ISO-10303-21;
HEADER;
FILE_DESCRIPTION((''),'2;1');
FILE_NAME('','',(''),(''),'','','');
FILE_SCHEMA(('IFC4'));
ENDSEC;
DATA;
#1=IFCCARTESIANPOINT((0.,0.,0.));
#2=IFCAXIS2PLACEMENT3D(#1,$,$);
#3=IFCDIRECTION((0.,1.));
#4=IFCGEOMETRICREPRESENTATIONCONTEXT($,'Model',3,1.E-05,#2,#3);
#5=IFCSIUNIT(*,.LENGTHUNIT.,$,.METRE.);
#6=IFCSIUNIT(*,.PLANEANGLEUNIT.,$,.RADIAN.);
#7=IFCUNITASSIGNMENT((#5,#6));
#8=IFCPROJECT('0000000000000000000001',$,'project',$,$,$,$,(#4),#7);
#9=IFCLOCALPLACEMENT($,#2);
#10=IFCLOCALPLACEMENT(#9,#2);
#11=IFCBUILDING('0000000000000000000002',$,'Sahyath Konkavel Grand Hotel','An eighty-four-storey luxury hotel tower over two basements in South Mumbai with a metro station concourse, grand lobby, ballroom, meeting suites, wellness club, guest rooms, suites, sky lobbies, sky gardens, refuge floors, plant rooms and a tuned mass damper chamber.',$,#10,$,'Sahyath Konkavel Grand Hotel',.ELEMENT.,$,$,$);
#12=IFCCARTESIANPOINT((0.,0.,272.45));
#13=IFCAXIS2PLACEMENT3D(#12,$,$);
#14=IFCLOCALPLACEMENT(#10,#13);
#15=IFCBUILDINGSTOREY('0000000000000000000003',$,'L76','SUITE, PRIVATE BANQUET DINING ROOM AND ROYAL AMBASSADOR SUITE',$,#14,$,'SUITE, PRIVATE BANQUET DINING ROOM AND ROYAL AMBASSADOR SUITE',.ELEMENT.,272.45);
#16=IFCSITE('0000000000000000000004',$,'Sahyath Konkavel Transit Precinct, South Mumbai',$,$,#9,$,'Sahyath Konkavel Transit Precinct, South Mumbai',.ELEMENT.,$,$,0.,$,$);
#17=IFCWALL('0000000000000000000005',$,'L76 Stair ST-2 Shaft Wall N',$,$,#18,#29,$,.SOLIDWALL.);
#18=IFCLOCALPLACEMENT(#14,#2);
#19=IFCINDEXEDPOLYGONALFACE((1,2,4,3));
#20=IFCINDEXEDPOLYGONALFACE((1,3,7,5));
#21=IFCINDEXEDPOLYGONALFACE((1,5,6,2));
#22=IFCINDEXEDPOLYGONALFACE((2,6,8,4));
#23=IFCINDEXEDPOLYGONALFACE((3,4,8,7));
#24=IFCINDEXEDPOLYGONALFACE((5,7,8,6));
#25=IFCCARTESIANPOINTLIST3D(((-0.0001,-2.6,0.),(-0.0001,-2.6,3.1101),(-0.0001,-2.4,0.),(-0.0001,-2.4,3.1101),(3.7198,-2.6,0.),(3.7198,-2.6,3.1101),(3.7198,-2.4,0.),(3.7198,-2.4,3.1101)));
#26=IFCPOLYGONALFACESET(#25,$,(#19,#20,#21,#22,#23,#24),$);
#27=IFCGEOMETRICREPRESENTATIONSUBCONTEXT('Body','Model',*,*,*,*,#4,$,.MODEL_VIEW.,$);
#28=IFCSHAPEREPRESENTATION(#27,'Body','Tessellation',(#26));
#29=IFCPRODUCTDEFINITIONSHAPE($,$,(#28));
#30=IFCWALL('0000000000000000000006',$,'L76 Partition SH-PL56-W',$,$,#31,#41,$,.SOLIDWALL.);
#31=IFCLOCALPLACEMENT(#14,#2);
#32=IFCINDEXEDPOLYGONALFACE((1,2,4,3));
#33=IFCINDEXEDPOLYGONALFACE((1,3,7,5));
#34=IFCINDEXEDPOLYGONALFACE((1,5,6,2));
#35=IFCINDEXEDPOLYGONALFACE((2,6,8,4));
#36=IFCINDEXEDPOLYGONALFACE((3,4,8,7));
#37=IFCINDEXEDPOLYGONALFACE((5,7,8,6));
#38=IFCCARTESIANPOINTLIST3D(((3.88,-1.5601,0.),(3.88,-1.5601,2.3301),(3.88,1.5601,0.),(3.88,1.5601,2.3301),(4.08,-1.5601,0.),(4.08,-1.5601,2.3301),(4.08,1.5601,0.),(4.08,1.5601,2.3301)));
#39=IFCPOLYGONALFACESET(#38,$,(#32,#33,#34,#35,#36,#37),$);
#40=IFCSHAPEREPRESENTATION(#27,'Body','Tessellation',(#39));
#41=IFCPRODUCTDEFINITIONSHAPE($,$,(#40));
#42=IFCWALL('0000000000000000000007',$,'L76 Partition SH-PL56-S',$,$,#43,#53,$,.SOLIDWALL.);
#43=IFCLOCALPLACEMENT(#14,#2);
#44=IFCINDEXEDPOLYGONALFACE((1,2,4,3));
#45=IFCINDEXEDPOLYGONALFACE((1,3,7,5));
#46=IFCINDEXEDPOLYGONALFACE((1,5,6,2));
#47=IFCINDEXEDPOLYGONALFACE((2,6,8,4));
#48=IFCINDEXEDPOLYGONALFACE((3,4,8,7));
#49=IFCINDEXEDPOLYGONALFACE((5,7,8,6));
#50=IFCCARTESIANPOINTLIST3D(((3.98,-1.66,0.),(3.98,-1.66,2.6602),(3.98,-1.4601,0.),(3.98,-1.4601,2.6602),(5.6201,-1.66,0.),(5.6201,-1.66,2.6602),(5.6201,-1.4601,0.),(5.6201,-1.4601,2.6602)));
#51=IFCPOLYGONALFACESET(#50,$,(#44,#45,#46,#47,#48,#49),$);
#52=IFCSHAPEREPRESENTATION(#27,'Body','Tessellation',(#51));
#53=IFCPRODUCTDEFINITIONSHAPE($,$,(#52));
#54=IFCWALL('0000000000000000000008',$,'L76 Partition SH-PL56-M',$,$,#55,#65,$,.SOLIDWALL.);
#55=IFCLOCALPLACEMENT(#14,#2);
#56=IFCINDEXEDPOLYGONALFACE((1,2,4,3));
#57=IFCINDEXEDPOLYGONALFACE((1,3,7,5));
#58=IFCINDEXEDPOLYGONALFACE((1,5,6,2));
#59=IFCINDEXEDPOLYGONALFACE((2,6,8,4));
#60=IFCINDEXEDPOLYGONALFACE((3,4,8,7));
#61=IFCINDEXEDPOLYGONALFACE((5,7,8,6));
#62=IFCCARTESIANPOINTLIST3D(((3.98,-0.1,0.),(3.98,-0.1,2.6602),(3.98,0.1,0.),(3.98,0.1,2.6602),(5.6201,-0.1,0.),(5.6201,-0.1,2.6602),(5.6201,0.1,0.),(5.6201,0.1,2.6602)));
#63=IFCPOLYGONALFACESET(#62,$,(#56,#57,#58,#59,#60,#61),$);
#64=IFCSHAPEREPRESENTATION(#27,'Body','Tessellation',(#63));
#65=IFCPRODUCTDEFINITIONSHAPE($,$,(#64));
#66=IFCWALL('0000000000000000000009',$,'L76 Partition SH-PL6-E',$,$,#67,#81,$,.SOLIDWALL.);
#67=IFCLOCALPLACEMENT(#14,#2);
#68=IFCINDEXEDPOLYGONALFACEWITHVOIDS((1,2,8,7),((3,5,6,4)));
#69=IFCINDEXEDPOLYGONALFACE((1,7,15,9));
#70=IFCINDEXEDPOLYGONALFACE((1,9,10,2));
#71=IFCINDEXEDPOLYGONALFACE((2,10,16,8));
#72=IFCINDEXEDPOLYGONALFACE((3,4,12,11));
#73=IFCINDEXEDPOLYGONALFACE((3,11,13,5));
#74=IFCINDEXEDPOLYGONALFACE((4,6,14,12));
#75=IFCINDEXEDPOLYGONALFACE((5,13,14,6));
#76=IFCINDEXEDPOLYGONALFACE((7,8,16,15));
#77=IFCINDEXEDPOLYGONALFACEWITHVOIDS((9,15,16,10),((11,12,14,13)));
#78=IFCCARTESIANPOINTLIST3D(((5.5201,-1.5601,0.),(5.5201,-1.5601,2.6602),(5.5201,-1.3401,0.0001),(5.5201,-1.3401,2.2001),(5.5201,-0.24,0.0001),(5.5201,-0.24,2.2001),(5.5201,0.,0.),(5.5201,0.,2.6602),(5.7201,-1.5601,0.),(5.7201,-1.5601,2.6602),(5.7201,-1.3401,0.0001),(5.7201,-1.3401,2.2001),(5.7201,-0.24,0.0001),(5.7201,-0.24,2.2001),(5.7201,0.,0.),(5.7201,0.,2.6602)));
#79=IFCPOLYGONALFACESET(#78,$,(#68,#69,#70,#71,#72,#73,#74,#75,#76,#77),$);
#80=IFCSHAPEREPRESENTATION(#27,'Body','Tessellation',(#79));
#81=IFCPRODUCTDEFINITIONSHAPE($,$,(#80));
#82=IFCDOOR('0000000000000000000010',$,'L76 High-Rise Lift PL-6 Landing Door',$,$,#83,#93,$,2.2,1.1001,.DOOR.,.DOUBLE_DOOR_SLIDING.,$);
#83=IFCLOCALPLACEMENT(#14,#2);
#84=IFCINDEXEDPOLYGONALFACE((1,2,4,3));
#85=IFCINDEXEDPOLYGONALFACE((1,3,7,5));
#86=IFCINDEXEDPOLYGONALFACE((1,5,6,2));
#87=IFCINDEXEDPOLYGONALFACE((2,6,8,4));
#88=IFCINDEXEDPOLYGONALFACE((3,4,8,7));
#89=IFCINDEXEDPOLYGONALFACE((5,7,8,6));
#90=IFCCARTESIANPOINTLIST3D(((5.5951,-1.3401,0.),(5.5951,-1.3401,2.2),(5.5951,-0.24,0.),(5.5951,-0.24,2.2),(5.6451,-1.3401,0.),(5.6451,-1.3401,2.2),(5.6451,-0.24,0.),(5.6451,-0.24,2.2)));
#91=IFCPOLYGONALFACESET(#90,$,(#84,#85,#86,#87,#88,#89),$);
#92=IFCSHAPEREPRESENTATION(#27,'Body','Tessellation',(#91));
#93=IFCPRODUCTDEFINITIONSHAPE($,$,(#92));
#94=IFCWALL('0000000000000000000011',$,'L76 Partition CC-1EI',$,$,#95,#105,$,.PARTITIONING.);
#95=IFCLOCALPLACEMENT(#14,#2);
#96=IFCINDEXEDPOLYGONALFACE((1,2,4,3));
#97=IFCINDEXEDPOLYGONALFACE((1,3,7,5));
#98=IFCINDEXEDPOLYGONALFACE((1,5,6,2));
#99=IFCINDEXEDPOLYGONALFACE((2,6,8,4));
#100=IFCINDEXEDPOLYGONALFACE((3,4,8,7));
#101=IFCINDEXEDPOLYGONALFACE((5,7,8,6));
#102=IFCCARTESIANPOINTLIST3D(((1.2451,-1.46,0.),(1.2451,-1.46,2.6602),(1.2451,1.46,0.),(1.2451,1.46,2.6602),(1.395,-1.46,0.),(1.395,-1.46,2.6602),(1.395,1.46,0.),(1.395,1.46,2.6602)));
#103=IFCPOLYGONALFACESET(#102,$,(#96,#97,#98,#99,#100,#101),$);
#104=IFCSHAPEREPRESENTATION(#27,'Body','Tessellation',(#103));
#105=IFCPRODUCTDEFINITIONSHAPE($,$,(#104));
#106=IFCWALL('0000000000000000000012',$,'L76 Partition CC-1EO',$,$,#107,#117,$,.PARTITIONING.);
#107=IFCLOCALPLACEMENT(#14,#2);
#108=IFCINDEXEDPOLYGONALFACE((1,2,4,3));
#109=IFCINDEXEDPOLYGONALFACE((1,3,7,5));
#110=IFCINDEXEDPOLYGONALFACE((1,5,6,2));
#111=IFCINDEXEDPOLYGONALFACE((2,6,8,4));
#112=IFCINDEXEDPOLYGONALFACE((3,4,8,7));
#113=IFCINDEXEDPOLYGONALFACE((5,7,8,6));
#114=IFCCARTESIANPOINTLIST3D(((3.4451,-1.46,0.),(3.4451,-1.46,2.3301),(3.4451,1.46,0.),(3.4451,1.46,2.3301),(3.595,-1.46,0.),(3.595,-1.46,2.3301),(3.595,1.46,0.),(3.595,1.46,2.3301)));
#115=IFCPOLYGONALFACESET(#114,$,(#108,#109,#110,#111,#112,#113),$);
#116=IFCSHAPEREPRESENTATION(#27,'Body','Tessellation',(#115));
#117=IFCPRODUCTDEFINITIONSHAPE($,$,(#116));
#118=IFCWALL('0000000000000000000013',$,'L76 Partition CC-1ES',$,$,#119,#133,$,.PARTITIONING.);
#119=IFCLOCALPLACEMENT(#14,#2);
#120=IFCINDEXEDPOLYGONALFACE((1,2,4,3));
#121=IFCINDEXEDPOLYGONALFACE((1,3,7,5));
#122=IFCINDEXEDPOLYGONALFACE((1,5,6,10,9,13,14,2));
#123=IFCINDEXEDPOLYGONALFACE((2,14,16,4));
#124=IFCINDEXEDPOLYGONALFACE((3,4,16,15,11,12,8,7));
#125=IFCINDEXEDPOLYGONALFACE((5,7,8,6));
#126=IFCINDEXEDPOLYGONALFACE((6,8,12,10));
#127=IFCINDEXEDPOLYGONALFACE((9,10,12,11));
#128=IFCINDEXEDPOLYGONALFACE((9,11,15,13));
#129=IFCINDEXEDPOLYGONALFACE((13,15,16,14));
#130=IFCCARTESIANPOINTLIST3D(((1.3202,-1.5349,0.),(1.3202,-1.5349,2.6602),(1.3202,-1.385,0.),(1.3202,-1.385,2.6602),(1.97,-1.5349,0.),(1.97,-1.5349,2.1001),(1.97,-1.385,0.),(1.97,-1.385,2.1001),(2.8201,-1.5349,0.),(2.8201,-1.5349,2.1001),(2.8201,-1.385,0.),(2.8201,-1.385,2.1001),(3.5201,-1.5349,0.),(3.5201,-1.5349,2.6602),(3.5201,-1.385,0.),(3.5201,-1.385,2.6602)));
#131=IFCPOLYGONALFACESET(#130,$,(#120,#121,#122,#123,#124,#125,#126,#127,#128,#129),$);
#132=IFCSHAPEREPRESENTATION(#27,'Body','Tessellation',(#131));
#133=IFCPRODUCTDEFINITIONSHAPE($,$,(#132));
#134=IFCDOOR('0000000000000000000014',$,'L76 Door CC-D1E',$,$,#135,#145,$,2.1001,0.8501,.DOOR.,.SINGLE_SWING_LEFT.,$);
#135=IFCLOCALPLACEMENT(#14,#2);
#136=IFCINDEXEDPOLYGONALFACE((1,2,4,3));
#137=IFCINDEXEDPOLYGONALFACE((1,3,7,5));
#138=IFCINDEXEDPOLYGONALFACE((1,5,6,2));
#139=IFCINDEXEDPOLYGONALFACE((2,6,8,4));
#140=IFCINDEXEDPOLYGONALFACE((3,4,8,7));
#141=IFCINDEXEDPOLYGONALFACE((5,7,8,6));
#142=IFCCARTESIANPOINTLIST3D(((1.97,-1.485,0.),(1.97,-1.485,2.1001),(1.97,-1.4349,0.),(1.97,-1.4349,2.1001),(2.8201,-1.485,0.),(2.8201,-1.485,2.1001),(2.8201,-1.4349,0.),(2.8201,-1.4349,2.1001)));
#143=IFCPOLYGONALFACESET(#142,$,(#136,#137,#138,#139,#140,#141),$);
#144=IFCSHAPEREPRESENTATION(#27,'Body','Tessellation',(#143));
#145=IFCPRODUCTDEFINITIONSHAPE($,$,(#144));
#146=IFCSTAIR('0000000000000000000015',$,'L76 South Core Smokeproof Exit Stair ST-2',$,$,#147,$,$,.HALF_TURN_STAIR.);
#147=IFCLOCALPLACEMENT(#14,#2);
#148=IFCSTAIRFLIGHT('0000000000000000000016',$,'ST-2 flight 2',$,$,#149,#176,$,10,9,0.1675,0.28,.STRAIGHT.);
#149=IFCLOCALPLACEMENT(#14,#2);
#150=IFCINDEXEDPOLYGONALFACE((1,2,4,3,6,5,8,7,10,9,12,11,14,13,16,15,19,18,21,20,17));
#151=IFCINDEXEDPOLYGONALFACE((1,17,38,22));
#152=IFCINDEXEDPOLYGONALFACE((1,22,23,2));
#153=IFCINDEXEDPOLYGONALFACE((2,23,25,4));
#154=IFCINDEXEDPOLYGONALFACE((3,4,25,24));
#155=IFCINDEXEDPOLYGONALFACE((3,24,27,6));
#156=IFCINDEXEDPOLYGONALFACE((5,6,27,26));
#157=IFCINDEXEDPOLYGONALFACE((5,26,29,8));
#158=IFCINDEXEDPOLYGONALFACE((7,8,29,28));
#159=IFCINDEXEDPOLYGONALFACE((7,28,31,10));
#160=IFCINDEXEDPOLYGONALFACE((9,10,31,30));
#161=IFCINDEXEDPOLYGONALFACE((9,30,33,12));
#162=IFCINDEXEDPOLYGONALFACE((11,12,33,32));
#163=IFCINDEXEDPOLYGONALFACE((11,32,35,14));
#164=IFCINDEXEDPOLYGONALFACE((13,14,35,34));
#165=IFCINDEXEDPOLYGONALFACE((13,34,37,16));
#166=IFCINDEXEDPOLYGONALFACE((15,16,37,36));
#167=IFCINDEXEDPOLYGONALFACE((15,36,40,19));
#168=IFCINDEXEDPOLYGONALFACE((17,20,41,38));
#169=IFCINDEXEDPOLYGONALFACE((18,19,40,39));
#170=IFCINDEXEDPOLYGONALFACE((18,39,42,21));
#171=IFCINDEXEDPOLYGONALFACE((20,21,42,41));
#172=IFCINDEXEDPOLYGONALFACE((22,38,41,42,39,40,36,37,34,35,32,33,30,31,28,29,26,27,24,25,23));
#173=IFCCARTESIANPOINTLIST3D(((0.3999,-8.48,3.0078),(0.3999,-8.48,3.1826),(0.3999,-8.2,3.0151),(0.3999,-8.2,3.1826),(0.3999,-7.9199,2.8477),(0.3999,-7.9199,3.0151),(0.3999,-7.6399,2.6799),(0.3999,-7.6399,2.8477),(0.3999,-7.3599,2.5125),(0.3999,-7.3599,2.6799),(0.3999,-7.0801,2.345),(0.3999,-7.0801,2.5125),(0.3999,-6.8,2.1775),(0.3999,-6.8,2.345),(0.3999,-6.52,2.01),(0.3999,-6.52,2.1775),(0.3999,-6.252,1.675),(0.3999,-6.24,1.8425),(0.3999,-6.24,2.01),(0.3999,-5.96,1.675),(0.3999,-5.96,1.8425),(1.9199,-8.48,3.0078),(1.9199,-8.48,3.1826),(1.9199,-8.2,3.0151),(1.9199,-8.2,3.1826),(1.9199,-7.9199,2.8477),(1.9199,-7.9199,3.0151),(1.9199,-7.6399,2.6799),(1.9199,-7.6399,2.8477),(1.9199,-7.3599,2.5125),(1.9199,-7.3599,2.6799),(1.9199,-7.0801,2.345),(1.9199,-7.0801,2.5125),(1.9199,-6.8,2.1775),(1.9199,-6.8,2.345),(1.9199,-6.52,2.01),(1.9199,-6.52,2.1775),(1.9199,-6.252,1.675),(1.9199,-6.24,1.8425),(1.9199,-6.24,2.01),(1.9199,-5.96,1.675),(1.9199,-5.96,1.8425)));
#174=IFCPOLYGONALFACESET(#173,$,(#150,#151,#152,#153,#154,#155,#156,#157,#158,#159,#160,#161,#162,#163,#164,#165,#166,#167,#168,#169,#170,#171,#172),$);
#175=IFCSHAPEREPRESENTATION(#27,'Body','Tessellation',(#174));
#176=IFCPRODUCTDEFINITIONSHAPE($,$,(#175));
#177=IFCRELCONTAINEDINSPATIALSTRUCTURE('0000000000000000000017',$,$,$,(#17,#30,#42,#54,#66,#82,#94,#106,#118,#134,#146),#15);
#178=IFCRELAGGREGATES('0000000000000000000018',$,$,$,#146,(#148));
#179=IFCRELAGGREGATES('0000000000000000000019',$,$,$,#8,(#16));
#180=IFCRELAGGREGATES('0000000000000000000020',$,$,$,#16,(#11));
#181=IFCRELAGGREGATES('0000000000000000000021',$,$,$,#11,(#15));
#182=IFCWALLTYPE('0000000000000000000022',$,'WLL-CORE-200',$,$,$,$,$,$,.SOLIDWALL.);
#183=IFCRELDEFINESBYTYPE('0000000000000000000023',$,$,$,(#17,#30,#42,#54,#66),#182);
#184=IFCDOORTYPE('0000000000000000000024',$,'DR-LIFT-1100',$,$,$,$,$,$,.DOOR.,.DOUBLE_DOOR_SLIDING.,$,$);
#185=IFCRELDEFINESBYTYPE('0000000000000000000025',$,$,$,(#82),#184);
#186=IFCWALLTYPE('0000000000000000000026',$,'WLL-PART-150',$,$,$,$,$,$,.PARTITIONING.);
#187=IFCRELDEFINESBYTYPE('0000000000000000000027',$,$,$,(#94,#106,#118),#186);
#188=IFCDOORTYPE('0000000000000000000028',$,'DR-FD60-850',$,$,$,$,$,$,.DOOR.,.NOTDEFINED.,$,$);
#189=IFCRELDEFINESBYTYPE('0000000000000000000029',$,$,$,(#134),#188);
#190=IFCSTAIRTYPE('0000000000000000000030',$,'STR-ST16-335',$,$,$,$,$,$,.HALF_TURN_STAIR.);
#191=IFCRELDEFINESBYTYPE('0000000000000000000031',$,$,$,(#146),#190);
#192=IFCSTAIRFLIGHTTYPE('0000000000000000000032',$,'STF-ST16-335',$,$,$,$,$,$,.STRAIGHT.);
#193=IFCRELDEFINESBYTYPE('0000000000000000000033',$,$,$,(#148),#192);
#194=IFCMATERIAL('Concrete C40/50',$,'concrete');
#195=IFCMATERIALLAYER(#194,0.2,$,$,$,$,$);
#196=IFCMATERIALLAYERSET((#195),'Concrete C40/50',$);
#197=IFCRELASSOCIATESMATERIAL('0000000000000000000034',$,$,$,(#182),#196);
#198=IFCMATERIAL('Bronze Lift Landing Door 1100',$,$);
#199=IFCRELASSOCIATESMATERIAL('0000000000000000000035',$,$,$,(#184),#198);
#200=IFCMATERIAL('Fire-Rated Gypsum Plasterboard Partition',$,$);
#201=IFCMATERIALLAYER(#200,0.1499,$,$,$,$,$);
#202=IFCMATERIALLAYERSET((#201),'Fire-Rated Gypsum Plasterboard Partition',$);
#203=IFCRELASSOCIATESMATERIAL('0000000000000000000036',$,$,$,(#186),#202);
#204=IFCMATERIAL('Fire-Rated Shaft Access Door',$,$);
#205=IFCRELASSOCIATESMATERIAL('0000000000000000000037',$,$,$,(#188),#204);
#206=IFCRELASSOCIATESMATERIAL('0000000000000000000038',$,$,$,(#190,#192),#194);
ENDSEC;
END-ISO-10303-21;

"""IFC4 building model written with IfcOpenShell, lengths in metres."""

from ifc_helpers import new_model, si_unit, direction, frame, frame_2d, origin, origin_2d, place, context, subcontext, project, spatial, polyline, rectangle, outline, extrude, source, transform, mapped, material, layer, layer_set, type_object, element, fill, aggregate, save


model = new_model("IFC4")

# Units and contexts
model_context = context("Model", 3, precision=1e-05, world=origin(), true_north=direction((0.0, 1.0)))
body_context = subcontext(model_context, "Body", "Model", "MODEL_VIEW")
ifc_project = project(units=[si_unit("LENGTHUNIT", "METRE"), si_unit("PLANEANGLEUNIT", "RADIAN")], contexts=[model_context])

# Site, building, storey
site_placement = place(None, origin())
site = spatial("IfcSite", under=ifc_project, at=site_placement, Name="Sahyath Konkavel Transit Precinct, South Mumbai", LongName="Sahyath Konkavel Transit Precinct, South Mumbai", CompositionType="ELEMENT", RefElevation=0.0)
building_placement = place(site_placement, origin())
building = spatial("IfcBuilding", under=site, at=building_placement, Name="Sahyath Konkavel Grand Hotel", Description="An eighty-four-storey luxury hotel tower over two basements in South Mumbai with a metro station concourse, grand lobby, ballroom, meeting suites, wellness club, guest rooms, suites, sky lobbies, sky gardens, refuge floors, plant rooms and a tuned mass damper chamber.", LongName="Sahyath Konkavel Grand Hotel", CompositionType="ELEMENT")
storey_placement = place(building_placement, frame((0.0, 0.0, 272.45)))
storey = spatial("IfcBuildingStorey", under=building, at=storey_placement, Name="L76", Description="SUITE, PRIVATE BANQUET DINING ROOM AND ROYAL AMBASSADOR SUITE", LongName="SUITE, PRIVATE BANQUET DINING ROOM AND ROYAL AMBASSADOR SUITE", CompositionType="ELEMENT", Elevation=272.45)

# Shared definitions
ifc_material_1 = material(Name="Concrete C40/50", Category="concrete")

# Walls
ifc_layer_1 = layer(ifc_material_1, 0.2)
ifc_layer_set_1 = layer_set([ifc_layer_1], Name="Concrete C40/50")
wall_type_1 = type_object("IfcWallType", Name="WLL-CORE-200", PredefinedType="SOLIDWALL", material=ifc_layer_set_1)
wall_1_placement = place(storey_placement, frame((0.0, -2.5, 0.0), z_axis=(0.0, 0.0, 1.0), x_axis=(1.0, 0.0, 0.0)))
element("IfcWall", 1, at=wall_1_placement, inside=storey, type_object=wall_type_1, Name="L76 Stair ST-2 Shaft Wall N", PredefinedType="SOLIDWALL", context=body_context, shape_type="SweptSolid", body=[
    extrude(rectangle(XDim=3.72, YDim=0.2, at=frame_2d((1.8599, 0.0))), origin(), (0.0, 0.0, 1.0), 3.1101),
])
wall_2_placement = place(storey_placement, frame((3.98, -1.5601, 0.0), z_axis=(0.0, 0.0, 1.0), x_axis=(0.0, 1.0, 0.0)))
element("IfcWall", 2, at=wall_2_placement, inside=storey, type_object=wall_type_1, Name="L76 Partition SH-PL56-W", PredefinedType="SOLIDWALL", context=body_context, shape_type="SweptSolid", body=[
    extrude(rectangle(XDim=3.1201, YDim=0.2, at=frame_2d((1.5601, 0.0))), origin(), (0.0, 0.0, 1.0), 2.3301),
])
for number, where, z_axis, x_axis, name in (
    (3, (3.98, -1.5601, 0.0), (0.0, 0.0, 1.0), (1.0, 0.0, 0.0), "L76 Partition SH-PL56-S"),
    (4, (3.98, 0.0, 0.0), (0.0, 0.0, 1.0), (1.0, 0.0, 0.0), "L76 Partition SH-PL56-M"),
):
    element("IfcWall", number, at=place(storey_placement, frame(where, z_axis=z_axis, x_axis=x_axis)), inside=storey, type_object=wall_type_1, Name=name, PredefinedType="SOLIDWALL", context=body_context, shape_type="SweptSolid", body=[
        extrude(rectangle(XDim=1.6401, YDim=0.2, at=frame_2d((0.8201, 0.0))), origin(), (0.0, 0.0, 1.0), 2.6602),
    ])

# Wall, opening, door
wall_3_placement = place(storey_placement, frame((5.6201, -1.5601, 0.0), z_axis=(0.0, 0.0, 1.0), x_axis=(0.0, 1.0, 0.0)))
wall_3 = element("IfcWall", 5, at=wall_3_placement, inside=storey, type_object=wall_type_1, Name="L76 Partition SH-PL6-E", PredefinedType="SOLIDWALL", context=body_context, shape_type="SweptSolid", body=[
    extrude(rectangle(XDim=1.5601, YDim=0.2, at=frame_2d((0.78, 0.0))), origin(), (0.0, 0.0, 1.0), 2.6602),
])
opening_1_placement = place(wall_3_placement, frame((0.22, 0.0, 0.0)))
opening_1 = element("IfcOpeningElement", 6, at=opening_1_placement, cuts=wall_3, PredefinedType="OPENING", context=body_context, shape_type="SweptSolid", body=[
    extrude(rectangle(XDim=1.1001, YDim=2.2, at=frame_2d((0.55, 1.1001))), frame((0.0, 0.1099, 0.0), z_axis=(0.0, -1.0, 0.0), x_axis=(1.0, 0.0, 0.0)), (0.0, 0.0, 1.0), 0.22),
])
ifc_material_2 = material(Name="Bronze Lift Landing Door 1100")
door_type_1 = type_object("IfcDoorType", Name="DR-LIFT-1100", OperationType="DOUBLE_DOOR_SLIDING", PredefinedType="DOOR", material=ifc_material_2)
shared_shape_1 = source(origin(), body_context, "Body", "SweptSolid", [
    extrude(rectangle(XDim=1.1001, YDim=0.05, at=origin_2d()), origin(), (0.0, 0.0, 1.0), 2.2),
])
door_1_placement = place(opening_1_placement, frame((0.55, 0.0, 0.0)))
door_1 = element("IfcDoor", 7, at=door_1_placement, inside=storey, type_object=door_type_1, Name="L76 High-Rise Lift PL-6 Landing Door", OperationType="DOUBLE_DOOR_SLIDING", OverallHeight=2.2, OverallWidth=1.1001, PredefinedType="DOOR", context=body_context, shape_type="MappedRepresentation", body=[
    mapped(shared_shape_1, transform((0.0, 0.0, 0.0), scale=1.0)),
])
fill(opening_1, door_1)

# Walls
ifc_material_3 = material(Name="Fire-Rated Gypsum Plasterboard Partition")
ifc_layer_2 = layer(ifc_material_3, 0.1499)
ifc_layer_set_2 = layer_set([ifc_layer_2], Name="Fire-Rated Gypsum Plasterboard Partition")
wall_type_2 = type_object("IfcWallType", Name="WLL-PART-150", PredefinedType="PARTITIONING", material=ifc_layer_set_2)
wall_4_placement = place(storey_placement, frame((1.3201, -1.46, 0.0), z_axis=(0.0, 0.0, 1.0), x_axis=(0.0, 1.0, 0.0)))
element("IfcWall", 8, at=wall_4_placement, inside=storey, type_object=wall_type_2, Name="L76 Partition CC-1EI", PredefinedType="PARTITIONING", context=body_context, shape_type="SweptSolid", body=[
    extrude(rectangle(XDim=2.9199, YDim=0.1499, at=frame_2d((1.46, 0.0))), origin(), (0.0, 0.0, 1.0), 2.6602),
])
wall_5_placement = place(storey_placement, frame((3.52, -1.46, 0.0), z_axis=(0.0, 0.0, 1.0), x_axis=(0.0, 1.0, 0.0)))
element("IfcWall", 9, at=wall_5_placement, inside=storey, type_object=wall_type_2, Name="L76 Partition CC-1EO", PredefinedType="PARTITIONING", context=body_context, shape_type="SweptSolid", body=[
    extrude(rectangle(XDim=2.9199, YDim=0.1499, at=frame_2d((1.46, 0.0))), origin(), (0.0, 0.0, 1.0), 2.3301),
])

# Wall, opening, door
wall_6_placement = place(storey_placement, frame((1.3201, -1.46, 0.0), z_axis=(0.0, 0.0, 1.0), x_axis=(1.0, 0.0, 0.0)))
wall_6 = element("IfcWall", 10, at=wall_6_placement, inside=storey, type_object=wall_type_2, Name="L76 Partition CC-1ES", PredefinedType="PARTITIONING", context=body_context, shape_type="SweptSolid", body=[
    extrude(rectangle(XDim=2.2, YDim=0.1499, at=frame_2d((1.1001, 0.0))), origin(), (0.0, 0.0, 1.0), 2.6602),
])
opening_2_placement = place(wall_6_placement, frame((0.6499, 0.0, 0.0)))
opening_2 = element("IfcOpeningElement", 11, at=opening_2_placement, cuts=wall_6, PredefinedType="OPENING", context=body_context, shape_type="SweptSolid", body=[
    extrude(rectangle(XDim=0.8501, YDim=2.1001, at=frame_2d((0.425, 1.05))), frame((0.0, 0.085, 0.0), z_axis=(0.0, -1.0, 0.0), x_axis=(1.0, 0.0, 0.0)), (0.0, 0.0, 1.0), 0.1699),
])
ifc_material_4 = material(Name="Fire-Rated Shaft Access Door")
door_type_2 = type_object("IfcDoorType", Name="DR-FD60-850", OperationType="NOTDEFINED", PredefinedType="DOOR", material=ifc_material_4)
shared_shape_2 = source(origin(), body_context, "Body", "SweptSolid", [
    extrude(rectangle(XDim=0.8501, YDim=0.05, at=origin_2d()), origin(), (0.0, 0.0, 1.0), 2.1001),
])
door_2_placement = place(opening_2_placement, frame((0.425, 0.0, 0.0)))
door_2 = element("IfcDoor", 12, at=door_2_placement, inside=storey, type_object=door_type_2, Name="L76 Door CC-D1E", OperationType="SINGLE_SWING_LEFT", OverallHeight=2.1001, OverallWidth=0.8501, PredefinedType="DOOR", context=body_context, shape_type="MappedRepresentation", body=[
    mapped(shared_shape_2, transform((0.0, 0.0, 0.0), scale=1.0)),
])
fill(opening_2, door_2)

# Stair, stair flight
stair_type = type_object("IfcStairType", Name="STR-ST16-335", PredefinedType="HALF_TURN_STAIR", material=ifc_material_1)
stair_placement = place(storey_placement, origin())
stair = element("IfcStair", 13, at=stair_placement, inside=storey, type_object=stair_type, Name="L76 South Core Smokeproof Exit Stair ST-2", PredefinedType="HALF_TURN_STAIR")
stair_flight_type = type_object("IfcStairFlightType", Name="STF-ST16-335", PredefinedType="STRAIGHT", material=ifc_material_1)
stair_flight_placement = place(storey_placement, frame((1.1599, -5.96, 1.675), z_axis=(0.0, 0.0, 1.0), x_axis=(0.0, -1.0, 0.0)))
stair_flight = element("IfcStairFlight", 14, at=stair_flight_placement, type_object=stair_flight_type, Name="ST-2 flight 2", NumberOfRisers=10, NumberOfTreads=9, PredefinedType="STRAIGHT", RiserHeight=0.1675, TreadLength=0.28, context=body_context, shape_type="SweptSolid", body=[
    extrude(outline(polyline([(0.0, 0.0), (0.0, 0.1675), (0.28, 0.1675), (0.28, 0.335), (0.5601, 0.335), (0.5601, 0.5024), (0.8401, 0.5024), (0.8401, 0.6699), (1.1201, 0.6699), (1.1201, 0.8374), (1.3999, 0.8374), (1.3999, 1.0049), (1.6799, 1.0049), (1.6799, 1.1726), (1.96, 1.1726), (1.96, 1.3401), (2.24, 1.3401), (2.24, 1.5076), (2.52, 1.5076), (2.52, 1.675), (2.52, 1.3328), (0.292, 0.0), (0.0, 0.0)])), frame((0.0, 0.76, 0.0), z_axis=(0.0, -1.0, 0.0), x_axis=(1.0, 0.0, 0.0)), (0.0, 0.0, 1.0), 1.52),
])
aggregate(stair, [stair_flight])

save(model, "model.ifc")
